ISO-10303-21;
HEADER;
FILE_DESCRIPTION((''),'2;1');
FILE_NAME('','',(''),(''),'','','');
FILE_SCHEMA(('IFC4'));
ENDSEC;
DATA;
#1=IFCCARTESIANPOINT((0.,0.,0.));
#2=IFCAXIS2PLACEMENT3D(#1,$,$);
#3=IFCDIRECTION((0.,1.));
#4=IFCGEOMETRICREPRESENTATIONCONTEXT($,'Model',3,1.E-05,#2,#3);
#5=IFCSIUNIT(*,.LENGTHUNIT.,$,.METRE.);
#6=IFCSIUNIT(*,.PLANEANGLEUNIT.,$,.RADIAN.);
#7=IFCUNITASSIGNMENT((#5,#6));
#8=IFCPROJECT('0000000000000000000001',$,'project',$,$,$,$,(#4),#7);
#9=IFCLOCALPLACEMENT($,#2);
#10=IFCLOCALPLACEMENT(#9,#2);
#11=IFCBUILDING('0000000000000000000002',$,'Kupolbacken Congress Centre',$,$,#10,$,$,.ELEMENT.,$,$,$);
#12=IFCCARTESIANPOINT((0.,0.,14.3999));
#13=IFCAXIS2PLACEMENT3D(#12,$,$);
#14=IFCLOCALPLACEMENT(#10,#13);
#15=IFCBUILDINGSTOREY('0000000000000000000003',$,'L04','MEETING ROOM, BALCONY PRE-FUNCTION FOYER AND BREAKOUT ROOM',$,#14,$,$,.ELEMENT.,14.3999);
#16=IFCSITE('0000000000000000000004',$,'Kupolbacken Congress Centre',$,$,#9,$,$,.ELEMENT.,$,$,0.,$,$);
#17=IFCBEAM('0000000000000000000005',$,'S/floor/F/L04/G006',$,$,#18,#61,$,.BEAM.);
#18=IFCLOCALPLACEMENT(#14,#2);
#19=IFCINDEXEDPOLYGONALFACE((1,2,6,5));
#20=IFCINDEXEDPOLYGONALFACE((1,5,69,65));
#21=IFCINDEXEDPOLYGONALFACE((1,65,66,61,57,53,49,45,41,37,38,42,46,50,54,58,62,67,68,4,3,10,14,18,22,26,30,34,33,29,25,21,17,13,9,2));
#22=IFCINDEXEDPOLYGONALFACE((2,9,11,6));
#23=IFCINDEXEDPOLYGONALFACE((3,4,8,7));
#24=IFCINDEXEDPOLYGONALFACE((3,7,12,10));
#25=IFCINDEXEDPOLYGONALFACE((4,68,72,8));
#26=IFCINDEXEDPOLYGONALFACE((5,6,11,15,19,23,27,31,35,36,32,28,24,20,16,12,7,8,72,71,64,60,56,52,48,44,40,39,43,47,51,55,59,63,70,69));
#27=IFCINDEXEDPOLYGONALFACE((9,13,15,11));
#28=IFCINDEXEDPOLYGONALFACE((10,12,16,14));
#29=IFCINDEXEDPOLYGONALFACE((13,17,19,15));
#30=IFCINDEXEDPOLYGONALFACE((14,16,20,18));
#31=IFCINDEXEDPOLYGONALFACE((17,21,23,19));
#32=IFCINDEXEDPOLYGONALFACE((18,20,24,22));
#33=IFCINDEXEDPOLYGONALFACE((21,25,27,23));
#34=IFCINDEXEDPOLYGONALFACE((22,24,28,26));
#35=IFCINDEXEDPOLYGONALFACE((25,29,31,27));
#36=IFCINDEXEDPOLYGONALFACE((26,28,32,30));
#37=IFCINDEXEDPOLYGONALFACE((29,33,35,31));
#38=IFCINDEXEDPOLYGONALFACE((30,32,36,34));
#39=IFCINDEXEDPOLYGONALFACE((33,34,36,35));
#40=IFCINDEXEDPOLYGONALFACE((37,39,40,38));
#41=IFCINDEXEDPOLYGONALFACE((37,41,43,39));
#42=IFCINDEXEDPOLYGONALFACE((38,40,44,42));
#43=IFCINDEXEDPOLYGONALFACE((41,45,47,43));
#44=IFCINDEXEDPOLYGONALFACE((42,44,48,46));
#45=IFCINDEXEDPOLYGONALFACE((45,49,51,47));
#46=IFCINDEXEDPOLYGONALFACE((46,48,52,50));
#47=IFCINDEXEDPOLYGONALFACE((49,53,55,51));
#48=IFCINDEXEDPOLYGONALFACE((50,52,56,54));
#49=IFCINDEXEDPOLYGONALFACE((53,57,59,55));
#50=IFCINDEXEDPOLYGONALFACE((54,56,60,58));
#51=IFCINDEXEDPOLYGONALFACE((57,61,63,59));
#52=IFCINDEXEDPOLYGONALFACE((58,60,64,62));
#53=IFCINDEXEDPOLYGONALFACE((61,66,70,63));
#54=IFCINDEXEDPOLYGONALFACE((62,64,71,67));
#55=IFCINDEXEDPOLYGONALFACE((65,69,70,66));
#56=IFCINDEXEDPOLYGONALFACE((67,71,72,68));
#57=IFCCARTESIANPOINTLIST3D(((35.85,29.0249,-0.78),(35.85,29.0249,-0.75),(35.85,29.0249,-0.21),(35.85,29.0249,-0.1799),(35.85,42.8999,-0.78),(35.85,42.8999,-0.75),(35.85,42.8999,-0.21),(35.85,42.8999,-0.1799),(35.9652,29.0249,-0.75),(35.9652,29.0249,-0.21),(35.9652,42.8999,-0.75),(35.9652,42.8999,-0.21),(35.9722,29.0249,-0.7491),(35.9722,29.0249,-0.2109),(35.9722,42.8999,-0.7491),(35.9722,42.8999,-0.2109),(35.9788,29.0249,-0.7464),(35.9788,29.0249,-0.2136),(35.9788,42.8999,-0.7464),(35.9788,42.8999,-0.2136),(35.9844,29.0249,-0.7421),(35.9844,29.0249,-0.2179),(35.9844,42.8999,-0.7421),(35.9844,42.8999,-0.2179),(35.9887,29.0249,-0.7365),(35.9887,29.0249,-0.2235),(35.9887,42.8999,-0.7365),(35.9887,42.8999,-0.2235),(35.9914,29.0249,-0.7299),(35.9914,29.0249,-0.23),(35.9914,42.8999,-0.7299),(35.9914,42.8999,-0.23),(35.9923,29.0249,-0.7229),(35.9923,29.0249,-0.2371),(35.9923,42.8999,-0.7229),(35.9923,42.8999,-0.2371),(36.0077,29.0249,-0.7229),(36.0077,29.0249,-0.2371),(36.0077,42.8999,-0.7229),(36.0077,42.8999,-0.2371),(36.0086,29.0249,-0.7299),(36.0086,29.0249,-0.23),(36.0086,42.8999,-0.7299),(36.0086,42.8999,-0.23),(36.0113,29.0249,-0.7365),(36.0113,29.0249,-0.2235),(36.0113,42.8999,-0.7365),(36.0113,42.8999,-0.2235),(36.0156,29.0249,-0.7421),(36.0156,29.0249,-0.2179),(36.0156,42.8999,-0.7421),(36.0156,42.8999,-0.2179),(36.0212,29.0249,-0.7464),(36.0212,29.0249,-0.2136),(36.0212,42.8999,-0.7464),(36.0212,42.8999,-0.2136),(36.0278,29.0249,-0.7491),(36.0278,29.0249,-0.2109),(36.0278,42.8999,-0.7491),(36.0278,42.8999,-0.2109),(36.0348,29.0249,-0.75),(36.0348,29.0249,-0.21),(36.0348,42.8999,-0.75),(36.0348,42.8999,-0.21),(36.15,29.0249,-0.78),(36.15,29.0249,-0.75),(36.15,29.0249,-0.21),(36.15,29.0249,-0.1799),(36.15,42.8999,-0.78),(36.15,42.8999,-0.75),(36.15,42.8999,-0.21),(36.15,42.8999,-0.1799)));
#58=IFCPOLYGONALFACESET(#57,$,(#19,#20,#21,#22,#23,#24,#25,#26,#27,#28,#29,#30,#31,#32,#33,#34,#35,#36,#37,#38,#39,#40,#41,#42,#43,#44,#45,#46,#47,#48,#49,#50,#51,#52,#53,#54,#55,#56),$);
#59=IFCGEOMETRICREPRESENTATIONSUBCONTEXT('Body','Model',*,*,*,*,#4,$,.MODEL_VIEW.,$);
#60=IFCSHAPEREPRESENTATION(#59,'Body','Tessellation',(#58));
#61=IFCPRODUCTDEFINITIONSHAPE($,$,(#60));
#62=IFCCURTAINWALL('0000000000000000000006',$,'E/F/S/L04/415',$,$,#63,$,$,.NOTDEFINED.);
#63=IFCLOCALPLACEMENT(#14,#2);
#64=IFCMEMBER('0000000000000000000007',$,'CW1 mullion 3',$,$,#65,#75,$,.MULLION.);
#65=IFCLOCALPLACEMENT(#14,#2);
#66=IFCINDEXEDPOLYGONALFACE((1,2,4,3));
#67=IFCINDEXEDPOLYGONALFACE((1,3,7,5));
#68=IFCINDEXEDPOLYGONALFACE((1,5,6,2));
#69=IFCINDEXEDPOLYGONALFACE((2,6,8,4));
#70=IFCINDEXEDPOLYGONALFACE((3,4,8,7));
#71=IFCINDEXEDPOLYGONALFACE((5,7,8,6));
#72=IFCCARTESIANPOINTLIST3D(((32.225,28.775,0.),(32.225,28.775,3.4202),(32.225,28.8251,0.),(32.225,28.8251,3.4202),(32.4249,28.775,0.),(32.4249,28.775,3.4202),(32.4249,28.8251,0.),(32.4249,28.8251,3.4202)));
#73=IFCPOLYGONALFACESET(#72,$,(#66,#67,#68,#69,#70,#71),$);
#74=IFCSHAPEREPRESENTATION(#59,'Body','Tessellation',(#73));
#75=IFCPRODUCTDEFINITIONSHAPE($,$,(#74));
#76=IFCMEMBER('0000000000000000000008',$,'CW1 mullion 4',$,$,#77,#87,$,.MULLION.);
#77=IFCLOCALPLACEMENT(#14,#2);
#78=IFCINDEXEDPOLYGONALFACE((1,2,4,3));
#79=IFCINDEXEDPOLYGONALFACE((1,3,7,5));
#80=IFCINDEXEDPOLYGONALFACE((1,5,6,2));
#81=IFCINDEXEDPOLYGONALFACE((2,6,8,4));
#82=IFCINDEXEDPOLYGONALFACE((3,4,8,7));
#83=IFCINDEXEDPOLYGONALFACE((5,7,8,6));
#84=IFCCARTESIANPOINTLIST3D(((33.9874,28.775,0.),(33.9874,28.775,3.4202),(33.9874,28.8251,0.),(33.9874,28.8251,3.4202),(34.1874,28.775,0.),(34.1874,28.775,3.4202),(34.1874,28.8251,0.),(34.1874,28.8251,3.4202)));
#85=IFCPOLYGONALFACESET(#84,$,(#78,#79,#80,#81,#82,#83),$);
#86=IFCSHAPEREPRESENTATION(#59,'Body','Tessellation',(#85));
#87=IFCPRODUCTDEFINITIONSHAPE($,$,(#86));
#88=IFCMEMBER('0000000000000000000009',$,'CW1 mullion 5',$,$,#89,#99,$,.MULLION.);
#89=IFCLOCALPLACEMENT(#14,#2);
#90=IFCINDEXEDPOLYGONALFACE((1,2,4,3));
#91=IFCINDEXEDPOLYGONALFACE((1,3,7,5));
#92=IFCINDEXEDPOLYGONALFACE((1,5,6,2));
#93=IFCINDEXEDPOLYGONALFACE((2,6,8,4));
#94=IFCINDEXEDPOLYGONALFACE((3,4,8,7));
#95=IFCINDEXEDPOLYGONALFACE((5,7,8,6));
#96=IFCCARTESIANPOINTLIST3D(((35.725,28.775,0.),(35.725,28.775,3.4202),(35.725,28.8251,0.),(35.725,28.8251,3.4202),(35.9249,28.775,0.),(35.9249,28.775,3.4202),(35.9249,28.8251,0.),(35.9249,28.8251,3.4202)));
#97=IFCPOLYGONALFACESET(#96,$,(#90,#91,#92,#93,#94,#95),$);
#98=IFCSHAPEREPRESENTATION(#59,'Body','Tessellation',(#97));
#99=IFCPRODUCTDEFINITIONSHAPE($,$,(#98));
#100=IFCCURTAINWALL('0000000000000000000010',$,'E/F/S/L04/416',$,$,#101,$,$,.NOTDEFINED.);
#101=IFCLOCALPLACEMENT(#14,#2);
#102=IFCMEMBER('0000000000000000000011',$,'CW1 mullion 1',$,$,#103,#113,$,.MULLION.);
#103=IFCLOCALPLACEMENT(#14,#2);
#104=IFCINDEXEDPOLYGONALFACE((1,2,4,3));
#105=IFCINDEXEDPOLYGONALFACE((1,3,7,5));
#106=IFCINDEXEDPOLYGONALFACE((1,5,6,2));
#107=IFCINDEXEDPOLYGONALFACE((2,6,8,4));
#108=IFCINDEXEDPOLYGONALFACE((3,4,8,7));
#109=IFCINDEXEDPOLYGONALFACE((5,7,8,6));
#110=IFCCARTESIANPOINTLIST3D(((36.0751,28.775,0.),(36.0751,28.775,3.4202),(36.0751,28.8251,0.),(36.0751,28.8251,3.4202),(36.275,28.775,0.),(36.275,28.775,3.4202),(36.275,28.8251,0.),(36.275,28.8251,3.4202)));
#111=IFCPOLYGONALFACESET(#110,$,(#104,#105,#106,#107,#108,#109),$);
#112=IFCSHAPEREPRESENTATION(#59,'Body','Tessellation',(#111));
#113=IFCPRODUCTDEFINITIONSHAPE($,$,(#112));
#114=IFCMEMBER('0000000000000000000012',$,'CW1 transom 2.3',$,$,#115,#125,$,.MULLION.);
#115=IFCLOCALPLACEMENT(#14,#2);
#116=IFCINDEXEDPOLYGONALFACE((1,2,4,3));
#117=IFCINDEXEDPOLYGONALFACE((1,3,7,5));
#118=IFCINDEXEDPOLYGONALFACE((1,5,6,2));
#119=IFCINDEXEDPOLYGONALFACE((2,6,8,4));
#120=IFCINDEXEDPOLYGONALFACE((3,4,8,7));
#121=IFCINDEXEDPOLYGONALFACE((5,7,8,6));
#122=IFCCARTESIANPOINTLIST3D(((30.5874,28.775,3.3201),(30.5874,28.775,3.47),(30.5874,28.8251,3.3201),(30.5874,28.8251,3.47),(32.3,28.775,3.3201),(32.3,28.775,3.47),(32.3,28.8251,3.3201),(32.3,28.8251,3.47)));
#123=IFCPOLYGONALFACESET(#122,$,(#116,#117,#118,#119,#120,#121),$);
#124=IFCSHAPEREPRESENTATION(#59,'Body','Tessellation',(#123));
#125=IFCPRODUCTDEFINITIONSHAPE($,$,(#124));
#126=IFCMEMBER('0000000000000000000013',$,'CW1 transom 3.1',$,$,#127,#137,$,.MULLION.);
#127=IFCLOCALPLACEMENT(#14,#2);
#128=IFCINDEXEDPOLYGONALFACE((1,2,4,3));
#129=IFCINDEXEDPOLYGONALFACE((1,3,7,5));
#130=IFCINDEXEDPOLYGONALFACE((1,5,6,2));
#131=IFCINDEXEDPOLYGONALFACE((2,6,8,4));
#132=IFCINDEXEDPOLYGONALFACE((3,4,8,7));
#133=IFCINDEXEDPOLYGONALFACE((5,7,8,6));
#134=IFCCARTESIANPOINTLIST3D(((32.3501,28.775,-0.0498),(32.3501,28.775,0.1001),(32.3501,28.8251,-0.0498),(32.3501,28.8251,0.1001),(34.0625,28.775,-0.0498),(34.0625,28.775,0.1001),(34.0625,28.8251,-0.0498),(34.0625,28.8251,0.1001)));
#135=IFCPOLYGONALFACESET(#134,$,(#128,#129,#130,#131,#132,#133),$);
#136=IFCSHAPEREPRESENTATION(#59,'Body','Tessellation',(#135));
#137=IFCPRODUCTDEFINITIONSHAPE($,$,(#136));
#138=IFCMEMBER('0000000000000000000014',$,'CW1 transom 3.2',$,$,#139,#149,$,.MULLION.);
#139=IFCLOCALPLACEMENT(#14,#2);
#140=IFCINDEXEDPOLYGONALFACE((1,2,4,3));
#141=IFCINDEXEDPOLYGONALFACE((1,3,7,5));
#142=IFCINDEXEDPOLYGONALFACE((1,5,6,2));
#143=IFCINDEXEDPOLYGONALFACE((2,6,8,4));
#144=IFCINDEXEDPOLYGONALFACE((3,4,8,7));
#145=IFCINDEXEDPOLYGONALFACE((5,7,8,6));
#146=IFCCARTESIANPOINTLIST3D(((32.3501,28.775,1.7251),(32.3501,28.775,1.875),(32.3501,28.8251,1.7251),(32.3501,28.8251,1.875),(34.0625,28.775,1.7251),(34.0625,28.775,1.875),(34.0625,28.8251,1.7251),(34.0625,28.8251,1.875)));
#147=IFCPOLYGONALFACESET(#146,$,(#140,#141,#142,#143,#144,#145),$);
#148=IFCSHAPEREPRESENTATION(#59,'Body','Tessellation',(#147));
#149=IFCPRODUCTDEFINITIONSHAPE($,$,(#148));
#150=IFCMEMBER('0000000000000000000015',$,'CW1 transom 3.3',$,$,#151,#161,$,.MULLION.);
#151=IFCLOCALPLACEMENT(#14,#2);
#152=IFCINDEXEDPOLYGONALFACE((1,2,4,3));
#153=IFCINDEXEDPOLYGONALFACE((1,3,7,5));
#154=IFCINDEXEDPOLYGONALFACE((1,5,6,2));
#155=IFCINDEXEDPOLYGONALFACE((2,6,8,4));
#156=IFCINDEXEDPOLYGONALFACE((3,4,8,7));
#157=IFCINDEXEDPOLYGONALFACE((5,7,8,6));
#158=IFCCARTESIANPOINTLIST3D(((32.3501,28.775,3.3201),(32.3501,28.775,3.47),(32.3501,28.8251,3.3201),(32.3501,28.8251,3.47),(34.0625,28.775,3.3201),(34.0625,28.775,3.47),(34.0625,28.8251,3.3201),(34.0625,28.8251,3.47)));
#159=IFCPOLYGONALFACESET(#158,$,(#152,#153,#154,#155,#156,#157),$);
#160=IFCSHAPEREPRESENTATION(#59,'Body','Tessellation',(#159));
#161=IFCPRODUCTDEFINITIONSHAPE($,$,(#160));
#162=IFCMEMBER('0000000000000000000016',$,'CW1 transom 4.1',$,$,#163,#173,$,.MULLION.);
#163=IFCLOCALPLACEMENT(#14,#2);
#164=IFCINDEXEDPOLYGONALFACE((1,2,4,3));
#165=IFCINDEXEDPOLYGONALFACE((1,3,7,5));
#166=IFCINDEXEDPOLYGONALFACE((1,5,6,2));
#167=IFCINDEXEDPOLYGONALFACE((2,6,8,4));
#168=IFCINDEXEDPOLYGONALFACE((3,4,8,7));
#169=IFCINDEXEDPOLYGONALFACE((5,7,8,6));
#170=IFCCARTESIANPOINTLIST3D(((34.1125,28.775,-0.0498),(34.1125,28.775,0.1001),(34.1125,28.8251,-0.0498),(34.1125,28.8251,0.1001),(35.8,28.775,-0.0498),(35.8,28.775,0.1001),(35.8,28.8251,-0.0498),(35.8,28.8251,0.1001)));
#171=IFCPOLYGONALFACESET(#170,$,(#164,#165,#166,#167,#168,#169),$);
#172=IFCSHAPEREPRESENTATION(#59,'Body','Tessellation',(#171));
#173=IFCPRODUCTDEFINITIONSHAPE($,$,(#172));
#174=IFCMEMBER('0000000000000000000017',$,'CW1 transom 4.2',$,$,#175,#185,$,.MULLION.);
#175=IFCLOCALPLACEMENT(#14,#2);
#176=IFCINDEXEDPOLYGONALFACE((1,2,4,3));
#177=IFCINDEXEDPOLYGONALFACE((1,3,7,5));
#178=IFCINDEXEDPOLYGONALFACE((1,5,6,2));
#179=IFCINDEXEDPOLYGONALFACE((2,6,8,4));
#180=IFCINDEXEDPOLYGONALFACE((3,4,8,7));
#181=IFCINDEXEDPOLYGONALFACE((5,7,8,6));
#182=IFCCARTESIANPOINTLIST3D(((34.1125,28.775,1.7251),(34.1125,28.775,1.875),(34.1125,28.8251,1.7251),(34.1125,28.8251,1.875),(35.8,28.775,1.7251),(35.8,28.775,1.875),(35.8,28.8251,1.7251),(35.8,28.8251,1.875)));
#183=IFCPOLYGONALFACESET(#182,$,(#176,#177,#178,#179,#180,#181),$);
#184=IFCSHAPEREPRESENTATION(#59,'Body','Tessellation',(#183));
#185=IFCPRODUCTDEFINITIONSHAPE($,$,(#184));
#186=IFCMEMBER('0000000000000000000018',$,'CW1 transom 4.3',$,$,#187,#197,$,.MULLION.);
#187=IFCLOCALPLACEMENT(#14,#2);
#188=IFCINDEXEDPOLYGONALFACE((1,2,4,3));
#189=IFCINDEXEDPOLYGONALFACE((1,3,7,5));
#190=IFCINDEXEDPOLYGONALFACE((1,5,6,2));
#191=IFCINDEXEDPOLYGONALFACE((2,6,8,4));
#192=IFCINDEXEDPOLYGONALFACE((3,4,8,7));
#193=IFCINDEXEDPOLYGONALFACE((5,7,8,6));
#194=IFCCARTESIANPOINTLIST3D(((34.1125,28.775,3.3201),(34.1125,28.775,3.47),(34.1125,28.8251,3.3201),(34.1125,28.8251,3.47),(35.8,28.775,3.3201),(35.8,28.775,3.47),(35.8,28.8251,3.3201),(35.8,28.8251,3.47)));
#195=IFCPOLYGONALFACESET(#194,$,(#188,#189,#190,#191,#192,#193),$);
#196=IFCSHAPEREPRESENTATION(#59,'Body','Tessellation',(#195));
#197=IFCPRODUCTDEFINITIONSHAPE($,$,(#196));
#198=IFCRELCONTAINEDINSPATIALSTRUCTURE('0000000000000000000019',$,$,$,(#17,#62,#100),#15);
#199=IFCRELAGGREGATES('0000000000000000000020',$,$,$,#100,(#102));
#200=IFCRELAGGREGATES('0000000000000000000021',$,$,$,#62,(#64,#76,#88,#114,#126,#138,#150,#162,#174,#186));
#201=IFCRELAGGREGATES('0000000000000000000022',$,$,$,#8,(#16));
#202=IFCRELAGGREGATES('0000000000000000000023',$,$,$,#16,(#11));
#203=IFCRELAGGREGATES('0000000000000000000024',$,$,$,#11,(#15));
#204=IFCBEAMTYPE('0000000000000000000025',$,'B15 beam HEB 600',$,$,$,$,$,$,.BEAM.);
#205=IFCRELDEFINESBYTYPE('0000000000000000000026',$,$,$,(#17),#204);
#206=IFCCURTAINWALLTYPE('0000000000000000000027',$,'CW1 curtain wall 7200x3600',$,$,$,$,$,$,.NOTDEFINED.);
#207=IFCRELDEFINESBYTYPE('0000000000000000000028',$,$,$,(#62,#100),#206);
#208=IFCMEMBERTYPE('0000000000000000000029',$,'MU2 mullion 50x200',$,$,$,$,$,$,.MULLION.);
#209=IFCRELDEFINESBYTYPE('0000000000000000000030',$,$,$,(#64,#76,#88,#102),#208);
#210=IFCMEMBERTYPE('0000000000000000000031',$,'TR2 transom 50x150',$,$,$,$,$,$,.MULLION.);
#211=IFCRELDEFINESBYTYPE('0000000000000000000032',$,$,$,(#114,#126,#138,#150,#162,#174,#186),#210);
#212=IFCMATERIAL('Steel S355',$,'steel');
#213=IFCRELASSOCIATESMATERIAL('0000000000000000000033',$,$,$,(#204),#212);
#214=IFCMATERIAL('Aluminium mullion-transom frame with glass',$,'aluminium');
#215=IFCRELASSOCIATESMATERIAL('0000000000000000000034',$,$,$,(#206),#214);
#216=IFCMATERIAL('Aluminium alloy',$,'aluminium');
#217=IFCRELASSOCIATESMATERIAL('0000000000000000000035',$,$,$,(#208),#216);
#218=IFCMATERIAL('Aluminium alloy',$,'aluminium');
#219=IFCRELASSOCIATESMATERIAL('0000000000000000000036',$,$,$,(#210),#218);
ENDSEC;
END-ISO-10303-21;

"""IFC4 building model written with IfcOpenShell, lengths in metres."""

from ifc_helpers import new_model, si_unit, direction, frame, origin, origin_2d, place, context, subcontext, project, spatial, rectangle, i_section, extrude, material, material_profile, profile_set, type_object, element, aggregate, save


model = new_model("IFC4")

# Units and contexts
model_context = context("Model", 3, precision=1e-05, world=origin(), true_north=direction((0.0, 1.0)))
body_context = subcontext(model_context, "Body", "Model", "MODEL_VIEW")
ifc_project = project(units=[si_unit("LENGTHUNIT", "METRE"), si_unit("PLANEANGLEUNIT", "RADIAN")], contexts=[model_context])

# Site, building, storey
site_placement = place(None, origin())
site = spatial("IfcSite", under=ifc_project, at=site_placement, Name="Kupolbacken Congress Centre", CompositionType="ELEMENT", RefElevation=0.0)
building_placement = place(site_placement, origin())
building = spatial("IfcBuilding", under=site, at=building_placement, Name="Kupolbacken Congress Centre", CompositionType="ELEMENT")
storey_placement = place(building_placement, frame((0.0, 0.0, 14.3999)))
storey = spatial("IfcBuildingStorey", under=building, at=storey_placement, Name="L04", Description="MEETING ROOM, BALCONY PRE-FUNCTION FOYER AND BREAKOUT ROOM", CompositionType="ELEMENT", Elevation=14.3999)

# Beam
ifc_material_1 = material(Name="Steel S355", Category="steel")
ifc_material_profile_1 = material_profile(ifc_material_1, i_section(OverallWidth=0.3, OverallDepth=0.6001, WebThickness=0.0154, FlangeThickness=0.03, FilletRadius=0.0271, at=origin_2d()), Name="HEB 600")
ifc_profile_set_1 = profile_set([ifc_material_profile_1], Name="Steel S355")
beam_type_1 = type_object("IfcBeamType", Name="B15 beam HEB 600", PredefinedType="BEAM", material=ifc_profile_set_1)
beam_1_placement = place(storey_placement, frame((36.0, 29.0249, -0.48), z_axis=(0.0, 1.0, 0.0), x_axis=(-1.0, 0.0, 0.0)))
element("IfcBeam", 1, at=beam_1_placement, inside=storey, type_object=beam_type_1, Name="S/floor/F/L04/G006", PredefinedType="BEAM", context=body_context, shape_type="SweptSolid", body=[
    extrude(i_section(OverallWidth=0.3, OverallDepth=0.6001, WebThickness=0.0154, FlangeThickness=0.03, FilletRadius=0.0271, at=origin_2d()), origin(), (0.0, 0.0, 1.0), 13.875),
])

# Curtain wall, members
ifc_material_2 = material(Name="Aluminium mullion-transom frame with glass", Category="aluminium")
curtain_wall_type = type_object("IfcCurtainWallType", Name="CW1 curtain wall 7200x3600", PredefinedType="NOTDEFINED", material=ifc_material_2)
curtain_wall_1_placement = place(storey_placement, origin())
curtain_wall_1 = element("IfcCurtainWall", 2, at=curtain_wall_1_placement, inside=storey, type_object=curtain_wall_type, Name="E/F/S/L04/415", PredefinedType="NOTDEFINED")
ifc_material_3 = material(Name="Aluminium alloy", Category="aluminium")
ifc_material_profile_2 = material_profile(ifc_material_3, rectangle(XDim=0.05, YDim=0.2, at=origin_2d()), Name="50 x 200")
ifc_profile_set_2 = profile_set([ifc_material_profile_2], Name="Aluminium alloy")
member_type_1 = type_object("IfcMemberType", Name="MU2 mullion 50x200", PredefinedType="MULLION", material=ifc_profile_set_2)
member_1_placement = place(storey_placement, frame((32.325, 28.8, 0.0), z_axis=(0.0, 0.0, 1.0), x_axis=(0.0, 1.0, 0.0)))
member_1 = element("IfcMember", 3, at=member_1_placement, type_object=member_type_1, Name="CW1 mullion 3", PredefinedType="MULLION", context=body_context, shape_type="SweptSolid", body=[
    extrude(rectangle(XDim=0.05, YDim=0.2, at=origin_2d()), origin(), (0.0, 0.0, 1.0), 3.4202),
])
member_2_placement = place(storey_placement, frame((34.0874, 28.8, 0.0), z_axis=(0.0, 0.0, 1.0), x_axis=(0.0, 1.0, 0.0)))
member_2 = element("IfcMember", 4, at=member_2_placement, type_object=member_type_1, Name="CW1 mullion 4", PredefinedType="MULLION", context=body_context, shape_type="SweptSolid", body=[
    extrude(rectangle(XDim=0.05, YDim=0.2, at=origin_2d()), origin(), (0.0, 0.0, 1.0), 3.4202),
])
member_3_placement = place(storey_placement, frame((35.825, 28.8, 0.0), z_axis=(0.0, 0.0, 1.0), x_axis=(0.0, 1.0, 0.0)))
member_3 = element("IfcMember", 5, at=member_3_placement, type_object=member_type_1, Name="CW1 mullion 5", PredefinedType="MULLION", context=body_context, shape_type="SweptSolid", body=[
    extrude(rectangle(XDim=0.05, YDim=0.2, at=origin_2d()), origin(), (0.0, 0.0, 1.0), 3.4202),
])

# Curtain wall, member
curtain_wall_2_placement = place(storey_placement, origin())
curtain_wall_2 = element("IfcCurtainWall", 6, at=curtain_wall_2_placement, inside=storey, type_object=curtain_wall_type, Name="E/F/S/L04/416", PredefinedType="NOTDEFINED")
member_4_placement = place(storey_placement, frame((36.175, 28.8, 0.0), z_axis=(0.0, 0.0, 1.0), x_axis=(0.0, 1.0, 0.0)))
member_4 = element("IfcMember", 7, at=member_4_placement, type_object=member_type_1, Name="CW1 mullion 1", PredefinedType="MULLION", context=body_context, shape_type="SweptSolid", body=[
    extrude(rectangle(XDim=0.05, YDim=0.2, at=origin_2d()), origin(), (0.0, 0.0, 1.0), 3.4202),
])

# Members
ifc_material_4 = material(Name="Aluminium alloy", Category="aluminium")
ifc_material_profile_3 = material_profile(ifc_material_4, rectangle(XDim=0.05, YDim=0.1499, at=origin_2d()), Name="50 x 150")
ifc_profile_set_3 = profile_set([ifc_material_profile_3], Name="Aluminium alloy")
member_type_2 = type_object("IfcMemberType", Name="TR2 transom 50x150", PredefinedType="MULLION", material=ifc_profile_set_3)
member_5_placement = place(storey_placement, frame((30.5874, 28.8, 3.395), z_axis=(1.0, 0.0, 0.0), x_axis=(0.0, 1.0, 0.0)))
member_5 = element("IfcMember", 8, at=member_5_placement, type_object=member_type_2, Name="CW1 transom 2.3", PredefinedType="MULLION", context=body_context, shape_type="SweptSolid", body=[
    extrude(rectangle(XDim=0.05, YDim=0.1499, at=origin_2d()), origin(), (0.0, 0.0, 1.0), 1.7126),
])
member_6_placement = place(storey_placement, frame((32.3501, 28.8, 0.0251), z_axis=(1.0, 0.0, 0.0), x_axis=(0.0, 1.0, 0.0)))
member_6 = element("IfcMember", 9, at=member_6_placement, type_object=member_type_2, Name="CW1 transom 3.1", PredefinedType="MULLION", context=body_context, shape_type="SweptSolid", body=[
    extrude(rectangle(XDim=0.05, YDim=0.1499, at=origin_2d()), origin(), (0.0, 0.0, 1.0), 1.7124),
])
member_7_placement = place(storey_placement, frame((32.3501, 28.8, 1.8), z_axis=(1.0, 0.0, 0.0), x_axis=(0.0, 1.0, 0.0)))
member_7 = element("IfcMember", 10, at=member_7_placement, type_object=member_type_2, Name="CW1 transom 3.2", PredefinedType="MULLION", context=body_context, shape_type="SweptSolid", body=[
    extrude(rectangle(XDim=0.05, YDim=0.1499, at=origin_2d()), origin(), (0.0, 0.0, 1.0), 1.7124),
])
member_8_placement = place(storey_placement, frame((32.3501, 28.8, 3.395), z_axis=(1.0, 0.0, 0.0), x_axis=(0.0, 1.0, 0.0)))
member_8 = element("IfcMember", 11, at=member_8_placement, type_object=member_type_2, Name="CW1 transom 3.3", PredefinedType="MULLION", context=body_context, shape_type="SweptSolid", body=[
    extrude(rectangle(XDim=0.05, YDim=0.1499, at=origin_2d()), origin(), (0.0, 0.0, 1.0), 1.7124),
])
member_9_placement = place(storey_placement, frame((34.1125, 28.8, 0.0251), z_axis=(1.0, 0.0, 0.0), x_axis=(0.0, 1.0, 0.0)))
member_9 = element("IfcMember", 12, at=member_9_placement, type_object=member_type_2, Name="CW1 transom 4.1", PredefinedType="MULLION", context=body_context, shape_type="SweptSolid", body=[
    extrude(rectangle(XDim=0.05, YDim=0.1499, at=origin_2d()), origin(), (0.0, 0.0, 1.0), 1.6875),
])
member_10_placement = place(storey_placement, frame((34.1125, 28.8, 1.8), z_axis=(1.0, 0.0, 0.0), x_axis=(0.0, 1.0, 0.0)))
member_10 = element("IfcMember", 13, at=member_10_placement, type_object=member_type_2, Name="CW1 transom 4.2", PredefinedType="MULLION", context=body_context, shape_type="SweptSolid", body=[
    extrude(rectangle(XDim=0.05, YDim=0.1499, at=origin_2d()), origin(), (0.0, 0.0, 1.0), 1.6875),
])
member_11_placement = place(storey_placement, frame((34.1125, 28.8, 3.395), z_axis=(1.0, 0.0, 0.0), x_axis=(0.0, 1.0, 0.0)))
member_11 = element("IfcMember", 14, at=member_11_placement, type_object=member_type_2, Name="CW1 transom 4.3", PredefinedType="MULLION", context=body_context, shape_type="SweptSolid", body=[
    extrude(rectangle(XDim=0.05, YDim=0.1499, at=origin_2d()), origin(), (0.0, 0.0, 1.0), 1.6875),
])
aggregate(curtain_wall_2, [member_4])

aggregate(curtain_wall_1, [member_1, member_2, member_3, member_5, member_6, member_7, member_8, member_9, member_10, member_11])

save(model, "model.ifc")
